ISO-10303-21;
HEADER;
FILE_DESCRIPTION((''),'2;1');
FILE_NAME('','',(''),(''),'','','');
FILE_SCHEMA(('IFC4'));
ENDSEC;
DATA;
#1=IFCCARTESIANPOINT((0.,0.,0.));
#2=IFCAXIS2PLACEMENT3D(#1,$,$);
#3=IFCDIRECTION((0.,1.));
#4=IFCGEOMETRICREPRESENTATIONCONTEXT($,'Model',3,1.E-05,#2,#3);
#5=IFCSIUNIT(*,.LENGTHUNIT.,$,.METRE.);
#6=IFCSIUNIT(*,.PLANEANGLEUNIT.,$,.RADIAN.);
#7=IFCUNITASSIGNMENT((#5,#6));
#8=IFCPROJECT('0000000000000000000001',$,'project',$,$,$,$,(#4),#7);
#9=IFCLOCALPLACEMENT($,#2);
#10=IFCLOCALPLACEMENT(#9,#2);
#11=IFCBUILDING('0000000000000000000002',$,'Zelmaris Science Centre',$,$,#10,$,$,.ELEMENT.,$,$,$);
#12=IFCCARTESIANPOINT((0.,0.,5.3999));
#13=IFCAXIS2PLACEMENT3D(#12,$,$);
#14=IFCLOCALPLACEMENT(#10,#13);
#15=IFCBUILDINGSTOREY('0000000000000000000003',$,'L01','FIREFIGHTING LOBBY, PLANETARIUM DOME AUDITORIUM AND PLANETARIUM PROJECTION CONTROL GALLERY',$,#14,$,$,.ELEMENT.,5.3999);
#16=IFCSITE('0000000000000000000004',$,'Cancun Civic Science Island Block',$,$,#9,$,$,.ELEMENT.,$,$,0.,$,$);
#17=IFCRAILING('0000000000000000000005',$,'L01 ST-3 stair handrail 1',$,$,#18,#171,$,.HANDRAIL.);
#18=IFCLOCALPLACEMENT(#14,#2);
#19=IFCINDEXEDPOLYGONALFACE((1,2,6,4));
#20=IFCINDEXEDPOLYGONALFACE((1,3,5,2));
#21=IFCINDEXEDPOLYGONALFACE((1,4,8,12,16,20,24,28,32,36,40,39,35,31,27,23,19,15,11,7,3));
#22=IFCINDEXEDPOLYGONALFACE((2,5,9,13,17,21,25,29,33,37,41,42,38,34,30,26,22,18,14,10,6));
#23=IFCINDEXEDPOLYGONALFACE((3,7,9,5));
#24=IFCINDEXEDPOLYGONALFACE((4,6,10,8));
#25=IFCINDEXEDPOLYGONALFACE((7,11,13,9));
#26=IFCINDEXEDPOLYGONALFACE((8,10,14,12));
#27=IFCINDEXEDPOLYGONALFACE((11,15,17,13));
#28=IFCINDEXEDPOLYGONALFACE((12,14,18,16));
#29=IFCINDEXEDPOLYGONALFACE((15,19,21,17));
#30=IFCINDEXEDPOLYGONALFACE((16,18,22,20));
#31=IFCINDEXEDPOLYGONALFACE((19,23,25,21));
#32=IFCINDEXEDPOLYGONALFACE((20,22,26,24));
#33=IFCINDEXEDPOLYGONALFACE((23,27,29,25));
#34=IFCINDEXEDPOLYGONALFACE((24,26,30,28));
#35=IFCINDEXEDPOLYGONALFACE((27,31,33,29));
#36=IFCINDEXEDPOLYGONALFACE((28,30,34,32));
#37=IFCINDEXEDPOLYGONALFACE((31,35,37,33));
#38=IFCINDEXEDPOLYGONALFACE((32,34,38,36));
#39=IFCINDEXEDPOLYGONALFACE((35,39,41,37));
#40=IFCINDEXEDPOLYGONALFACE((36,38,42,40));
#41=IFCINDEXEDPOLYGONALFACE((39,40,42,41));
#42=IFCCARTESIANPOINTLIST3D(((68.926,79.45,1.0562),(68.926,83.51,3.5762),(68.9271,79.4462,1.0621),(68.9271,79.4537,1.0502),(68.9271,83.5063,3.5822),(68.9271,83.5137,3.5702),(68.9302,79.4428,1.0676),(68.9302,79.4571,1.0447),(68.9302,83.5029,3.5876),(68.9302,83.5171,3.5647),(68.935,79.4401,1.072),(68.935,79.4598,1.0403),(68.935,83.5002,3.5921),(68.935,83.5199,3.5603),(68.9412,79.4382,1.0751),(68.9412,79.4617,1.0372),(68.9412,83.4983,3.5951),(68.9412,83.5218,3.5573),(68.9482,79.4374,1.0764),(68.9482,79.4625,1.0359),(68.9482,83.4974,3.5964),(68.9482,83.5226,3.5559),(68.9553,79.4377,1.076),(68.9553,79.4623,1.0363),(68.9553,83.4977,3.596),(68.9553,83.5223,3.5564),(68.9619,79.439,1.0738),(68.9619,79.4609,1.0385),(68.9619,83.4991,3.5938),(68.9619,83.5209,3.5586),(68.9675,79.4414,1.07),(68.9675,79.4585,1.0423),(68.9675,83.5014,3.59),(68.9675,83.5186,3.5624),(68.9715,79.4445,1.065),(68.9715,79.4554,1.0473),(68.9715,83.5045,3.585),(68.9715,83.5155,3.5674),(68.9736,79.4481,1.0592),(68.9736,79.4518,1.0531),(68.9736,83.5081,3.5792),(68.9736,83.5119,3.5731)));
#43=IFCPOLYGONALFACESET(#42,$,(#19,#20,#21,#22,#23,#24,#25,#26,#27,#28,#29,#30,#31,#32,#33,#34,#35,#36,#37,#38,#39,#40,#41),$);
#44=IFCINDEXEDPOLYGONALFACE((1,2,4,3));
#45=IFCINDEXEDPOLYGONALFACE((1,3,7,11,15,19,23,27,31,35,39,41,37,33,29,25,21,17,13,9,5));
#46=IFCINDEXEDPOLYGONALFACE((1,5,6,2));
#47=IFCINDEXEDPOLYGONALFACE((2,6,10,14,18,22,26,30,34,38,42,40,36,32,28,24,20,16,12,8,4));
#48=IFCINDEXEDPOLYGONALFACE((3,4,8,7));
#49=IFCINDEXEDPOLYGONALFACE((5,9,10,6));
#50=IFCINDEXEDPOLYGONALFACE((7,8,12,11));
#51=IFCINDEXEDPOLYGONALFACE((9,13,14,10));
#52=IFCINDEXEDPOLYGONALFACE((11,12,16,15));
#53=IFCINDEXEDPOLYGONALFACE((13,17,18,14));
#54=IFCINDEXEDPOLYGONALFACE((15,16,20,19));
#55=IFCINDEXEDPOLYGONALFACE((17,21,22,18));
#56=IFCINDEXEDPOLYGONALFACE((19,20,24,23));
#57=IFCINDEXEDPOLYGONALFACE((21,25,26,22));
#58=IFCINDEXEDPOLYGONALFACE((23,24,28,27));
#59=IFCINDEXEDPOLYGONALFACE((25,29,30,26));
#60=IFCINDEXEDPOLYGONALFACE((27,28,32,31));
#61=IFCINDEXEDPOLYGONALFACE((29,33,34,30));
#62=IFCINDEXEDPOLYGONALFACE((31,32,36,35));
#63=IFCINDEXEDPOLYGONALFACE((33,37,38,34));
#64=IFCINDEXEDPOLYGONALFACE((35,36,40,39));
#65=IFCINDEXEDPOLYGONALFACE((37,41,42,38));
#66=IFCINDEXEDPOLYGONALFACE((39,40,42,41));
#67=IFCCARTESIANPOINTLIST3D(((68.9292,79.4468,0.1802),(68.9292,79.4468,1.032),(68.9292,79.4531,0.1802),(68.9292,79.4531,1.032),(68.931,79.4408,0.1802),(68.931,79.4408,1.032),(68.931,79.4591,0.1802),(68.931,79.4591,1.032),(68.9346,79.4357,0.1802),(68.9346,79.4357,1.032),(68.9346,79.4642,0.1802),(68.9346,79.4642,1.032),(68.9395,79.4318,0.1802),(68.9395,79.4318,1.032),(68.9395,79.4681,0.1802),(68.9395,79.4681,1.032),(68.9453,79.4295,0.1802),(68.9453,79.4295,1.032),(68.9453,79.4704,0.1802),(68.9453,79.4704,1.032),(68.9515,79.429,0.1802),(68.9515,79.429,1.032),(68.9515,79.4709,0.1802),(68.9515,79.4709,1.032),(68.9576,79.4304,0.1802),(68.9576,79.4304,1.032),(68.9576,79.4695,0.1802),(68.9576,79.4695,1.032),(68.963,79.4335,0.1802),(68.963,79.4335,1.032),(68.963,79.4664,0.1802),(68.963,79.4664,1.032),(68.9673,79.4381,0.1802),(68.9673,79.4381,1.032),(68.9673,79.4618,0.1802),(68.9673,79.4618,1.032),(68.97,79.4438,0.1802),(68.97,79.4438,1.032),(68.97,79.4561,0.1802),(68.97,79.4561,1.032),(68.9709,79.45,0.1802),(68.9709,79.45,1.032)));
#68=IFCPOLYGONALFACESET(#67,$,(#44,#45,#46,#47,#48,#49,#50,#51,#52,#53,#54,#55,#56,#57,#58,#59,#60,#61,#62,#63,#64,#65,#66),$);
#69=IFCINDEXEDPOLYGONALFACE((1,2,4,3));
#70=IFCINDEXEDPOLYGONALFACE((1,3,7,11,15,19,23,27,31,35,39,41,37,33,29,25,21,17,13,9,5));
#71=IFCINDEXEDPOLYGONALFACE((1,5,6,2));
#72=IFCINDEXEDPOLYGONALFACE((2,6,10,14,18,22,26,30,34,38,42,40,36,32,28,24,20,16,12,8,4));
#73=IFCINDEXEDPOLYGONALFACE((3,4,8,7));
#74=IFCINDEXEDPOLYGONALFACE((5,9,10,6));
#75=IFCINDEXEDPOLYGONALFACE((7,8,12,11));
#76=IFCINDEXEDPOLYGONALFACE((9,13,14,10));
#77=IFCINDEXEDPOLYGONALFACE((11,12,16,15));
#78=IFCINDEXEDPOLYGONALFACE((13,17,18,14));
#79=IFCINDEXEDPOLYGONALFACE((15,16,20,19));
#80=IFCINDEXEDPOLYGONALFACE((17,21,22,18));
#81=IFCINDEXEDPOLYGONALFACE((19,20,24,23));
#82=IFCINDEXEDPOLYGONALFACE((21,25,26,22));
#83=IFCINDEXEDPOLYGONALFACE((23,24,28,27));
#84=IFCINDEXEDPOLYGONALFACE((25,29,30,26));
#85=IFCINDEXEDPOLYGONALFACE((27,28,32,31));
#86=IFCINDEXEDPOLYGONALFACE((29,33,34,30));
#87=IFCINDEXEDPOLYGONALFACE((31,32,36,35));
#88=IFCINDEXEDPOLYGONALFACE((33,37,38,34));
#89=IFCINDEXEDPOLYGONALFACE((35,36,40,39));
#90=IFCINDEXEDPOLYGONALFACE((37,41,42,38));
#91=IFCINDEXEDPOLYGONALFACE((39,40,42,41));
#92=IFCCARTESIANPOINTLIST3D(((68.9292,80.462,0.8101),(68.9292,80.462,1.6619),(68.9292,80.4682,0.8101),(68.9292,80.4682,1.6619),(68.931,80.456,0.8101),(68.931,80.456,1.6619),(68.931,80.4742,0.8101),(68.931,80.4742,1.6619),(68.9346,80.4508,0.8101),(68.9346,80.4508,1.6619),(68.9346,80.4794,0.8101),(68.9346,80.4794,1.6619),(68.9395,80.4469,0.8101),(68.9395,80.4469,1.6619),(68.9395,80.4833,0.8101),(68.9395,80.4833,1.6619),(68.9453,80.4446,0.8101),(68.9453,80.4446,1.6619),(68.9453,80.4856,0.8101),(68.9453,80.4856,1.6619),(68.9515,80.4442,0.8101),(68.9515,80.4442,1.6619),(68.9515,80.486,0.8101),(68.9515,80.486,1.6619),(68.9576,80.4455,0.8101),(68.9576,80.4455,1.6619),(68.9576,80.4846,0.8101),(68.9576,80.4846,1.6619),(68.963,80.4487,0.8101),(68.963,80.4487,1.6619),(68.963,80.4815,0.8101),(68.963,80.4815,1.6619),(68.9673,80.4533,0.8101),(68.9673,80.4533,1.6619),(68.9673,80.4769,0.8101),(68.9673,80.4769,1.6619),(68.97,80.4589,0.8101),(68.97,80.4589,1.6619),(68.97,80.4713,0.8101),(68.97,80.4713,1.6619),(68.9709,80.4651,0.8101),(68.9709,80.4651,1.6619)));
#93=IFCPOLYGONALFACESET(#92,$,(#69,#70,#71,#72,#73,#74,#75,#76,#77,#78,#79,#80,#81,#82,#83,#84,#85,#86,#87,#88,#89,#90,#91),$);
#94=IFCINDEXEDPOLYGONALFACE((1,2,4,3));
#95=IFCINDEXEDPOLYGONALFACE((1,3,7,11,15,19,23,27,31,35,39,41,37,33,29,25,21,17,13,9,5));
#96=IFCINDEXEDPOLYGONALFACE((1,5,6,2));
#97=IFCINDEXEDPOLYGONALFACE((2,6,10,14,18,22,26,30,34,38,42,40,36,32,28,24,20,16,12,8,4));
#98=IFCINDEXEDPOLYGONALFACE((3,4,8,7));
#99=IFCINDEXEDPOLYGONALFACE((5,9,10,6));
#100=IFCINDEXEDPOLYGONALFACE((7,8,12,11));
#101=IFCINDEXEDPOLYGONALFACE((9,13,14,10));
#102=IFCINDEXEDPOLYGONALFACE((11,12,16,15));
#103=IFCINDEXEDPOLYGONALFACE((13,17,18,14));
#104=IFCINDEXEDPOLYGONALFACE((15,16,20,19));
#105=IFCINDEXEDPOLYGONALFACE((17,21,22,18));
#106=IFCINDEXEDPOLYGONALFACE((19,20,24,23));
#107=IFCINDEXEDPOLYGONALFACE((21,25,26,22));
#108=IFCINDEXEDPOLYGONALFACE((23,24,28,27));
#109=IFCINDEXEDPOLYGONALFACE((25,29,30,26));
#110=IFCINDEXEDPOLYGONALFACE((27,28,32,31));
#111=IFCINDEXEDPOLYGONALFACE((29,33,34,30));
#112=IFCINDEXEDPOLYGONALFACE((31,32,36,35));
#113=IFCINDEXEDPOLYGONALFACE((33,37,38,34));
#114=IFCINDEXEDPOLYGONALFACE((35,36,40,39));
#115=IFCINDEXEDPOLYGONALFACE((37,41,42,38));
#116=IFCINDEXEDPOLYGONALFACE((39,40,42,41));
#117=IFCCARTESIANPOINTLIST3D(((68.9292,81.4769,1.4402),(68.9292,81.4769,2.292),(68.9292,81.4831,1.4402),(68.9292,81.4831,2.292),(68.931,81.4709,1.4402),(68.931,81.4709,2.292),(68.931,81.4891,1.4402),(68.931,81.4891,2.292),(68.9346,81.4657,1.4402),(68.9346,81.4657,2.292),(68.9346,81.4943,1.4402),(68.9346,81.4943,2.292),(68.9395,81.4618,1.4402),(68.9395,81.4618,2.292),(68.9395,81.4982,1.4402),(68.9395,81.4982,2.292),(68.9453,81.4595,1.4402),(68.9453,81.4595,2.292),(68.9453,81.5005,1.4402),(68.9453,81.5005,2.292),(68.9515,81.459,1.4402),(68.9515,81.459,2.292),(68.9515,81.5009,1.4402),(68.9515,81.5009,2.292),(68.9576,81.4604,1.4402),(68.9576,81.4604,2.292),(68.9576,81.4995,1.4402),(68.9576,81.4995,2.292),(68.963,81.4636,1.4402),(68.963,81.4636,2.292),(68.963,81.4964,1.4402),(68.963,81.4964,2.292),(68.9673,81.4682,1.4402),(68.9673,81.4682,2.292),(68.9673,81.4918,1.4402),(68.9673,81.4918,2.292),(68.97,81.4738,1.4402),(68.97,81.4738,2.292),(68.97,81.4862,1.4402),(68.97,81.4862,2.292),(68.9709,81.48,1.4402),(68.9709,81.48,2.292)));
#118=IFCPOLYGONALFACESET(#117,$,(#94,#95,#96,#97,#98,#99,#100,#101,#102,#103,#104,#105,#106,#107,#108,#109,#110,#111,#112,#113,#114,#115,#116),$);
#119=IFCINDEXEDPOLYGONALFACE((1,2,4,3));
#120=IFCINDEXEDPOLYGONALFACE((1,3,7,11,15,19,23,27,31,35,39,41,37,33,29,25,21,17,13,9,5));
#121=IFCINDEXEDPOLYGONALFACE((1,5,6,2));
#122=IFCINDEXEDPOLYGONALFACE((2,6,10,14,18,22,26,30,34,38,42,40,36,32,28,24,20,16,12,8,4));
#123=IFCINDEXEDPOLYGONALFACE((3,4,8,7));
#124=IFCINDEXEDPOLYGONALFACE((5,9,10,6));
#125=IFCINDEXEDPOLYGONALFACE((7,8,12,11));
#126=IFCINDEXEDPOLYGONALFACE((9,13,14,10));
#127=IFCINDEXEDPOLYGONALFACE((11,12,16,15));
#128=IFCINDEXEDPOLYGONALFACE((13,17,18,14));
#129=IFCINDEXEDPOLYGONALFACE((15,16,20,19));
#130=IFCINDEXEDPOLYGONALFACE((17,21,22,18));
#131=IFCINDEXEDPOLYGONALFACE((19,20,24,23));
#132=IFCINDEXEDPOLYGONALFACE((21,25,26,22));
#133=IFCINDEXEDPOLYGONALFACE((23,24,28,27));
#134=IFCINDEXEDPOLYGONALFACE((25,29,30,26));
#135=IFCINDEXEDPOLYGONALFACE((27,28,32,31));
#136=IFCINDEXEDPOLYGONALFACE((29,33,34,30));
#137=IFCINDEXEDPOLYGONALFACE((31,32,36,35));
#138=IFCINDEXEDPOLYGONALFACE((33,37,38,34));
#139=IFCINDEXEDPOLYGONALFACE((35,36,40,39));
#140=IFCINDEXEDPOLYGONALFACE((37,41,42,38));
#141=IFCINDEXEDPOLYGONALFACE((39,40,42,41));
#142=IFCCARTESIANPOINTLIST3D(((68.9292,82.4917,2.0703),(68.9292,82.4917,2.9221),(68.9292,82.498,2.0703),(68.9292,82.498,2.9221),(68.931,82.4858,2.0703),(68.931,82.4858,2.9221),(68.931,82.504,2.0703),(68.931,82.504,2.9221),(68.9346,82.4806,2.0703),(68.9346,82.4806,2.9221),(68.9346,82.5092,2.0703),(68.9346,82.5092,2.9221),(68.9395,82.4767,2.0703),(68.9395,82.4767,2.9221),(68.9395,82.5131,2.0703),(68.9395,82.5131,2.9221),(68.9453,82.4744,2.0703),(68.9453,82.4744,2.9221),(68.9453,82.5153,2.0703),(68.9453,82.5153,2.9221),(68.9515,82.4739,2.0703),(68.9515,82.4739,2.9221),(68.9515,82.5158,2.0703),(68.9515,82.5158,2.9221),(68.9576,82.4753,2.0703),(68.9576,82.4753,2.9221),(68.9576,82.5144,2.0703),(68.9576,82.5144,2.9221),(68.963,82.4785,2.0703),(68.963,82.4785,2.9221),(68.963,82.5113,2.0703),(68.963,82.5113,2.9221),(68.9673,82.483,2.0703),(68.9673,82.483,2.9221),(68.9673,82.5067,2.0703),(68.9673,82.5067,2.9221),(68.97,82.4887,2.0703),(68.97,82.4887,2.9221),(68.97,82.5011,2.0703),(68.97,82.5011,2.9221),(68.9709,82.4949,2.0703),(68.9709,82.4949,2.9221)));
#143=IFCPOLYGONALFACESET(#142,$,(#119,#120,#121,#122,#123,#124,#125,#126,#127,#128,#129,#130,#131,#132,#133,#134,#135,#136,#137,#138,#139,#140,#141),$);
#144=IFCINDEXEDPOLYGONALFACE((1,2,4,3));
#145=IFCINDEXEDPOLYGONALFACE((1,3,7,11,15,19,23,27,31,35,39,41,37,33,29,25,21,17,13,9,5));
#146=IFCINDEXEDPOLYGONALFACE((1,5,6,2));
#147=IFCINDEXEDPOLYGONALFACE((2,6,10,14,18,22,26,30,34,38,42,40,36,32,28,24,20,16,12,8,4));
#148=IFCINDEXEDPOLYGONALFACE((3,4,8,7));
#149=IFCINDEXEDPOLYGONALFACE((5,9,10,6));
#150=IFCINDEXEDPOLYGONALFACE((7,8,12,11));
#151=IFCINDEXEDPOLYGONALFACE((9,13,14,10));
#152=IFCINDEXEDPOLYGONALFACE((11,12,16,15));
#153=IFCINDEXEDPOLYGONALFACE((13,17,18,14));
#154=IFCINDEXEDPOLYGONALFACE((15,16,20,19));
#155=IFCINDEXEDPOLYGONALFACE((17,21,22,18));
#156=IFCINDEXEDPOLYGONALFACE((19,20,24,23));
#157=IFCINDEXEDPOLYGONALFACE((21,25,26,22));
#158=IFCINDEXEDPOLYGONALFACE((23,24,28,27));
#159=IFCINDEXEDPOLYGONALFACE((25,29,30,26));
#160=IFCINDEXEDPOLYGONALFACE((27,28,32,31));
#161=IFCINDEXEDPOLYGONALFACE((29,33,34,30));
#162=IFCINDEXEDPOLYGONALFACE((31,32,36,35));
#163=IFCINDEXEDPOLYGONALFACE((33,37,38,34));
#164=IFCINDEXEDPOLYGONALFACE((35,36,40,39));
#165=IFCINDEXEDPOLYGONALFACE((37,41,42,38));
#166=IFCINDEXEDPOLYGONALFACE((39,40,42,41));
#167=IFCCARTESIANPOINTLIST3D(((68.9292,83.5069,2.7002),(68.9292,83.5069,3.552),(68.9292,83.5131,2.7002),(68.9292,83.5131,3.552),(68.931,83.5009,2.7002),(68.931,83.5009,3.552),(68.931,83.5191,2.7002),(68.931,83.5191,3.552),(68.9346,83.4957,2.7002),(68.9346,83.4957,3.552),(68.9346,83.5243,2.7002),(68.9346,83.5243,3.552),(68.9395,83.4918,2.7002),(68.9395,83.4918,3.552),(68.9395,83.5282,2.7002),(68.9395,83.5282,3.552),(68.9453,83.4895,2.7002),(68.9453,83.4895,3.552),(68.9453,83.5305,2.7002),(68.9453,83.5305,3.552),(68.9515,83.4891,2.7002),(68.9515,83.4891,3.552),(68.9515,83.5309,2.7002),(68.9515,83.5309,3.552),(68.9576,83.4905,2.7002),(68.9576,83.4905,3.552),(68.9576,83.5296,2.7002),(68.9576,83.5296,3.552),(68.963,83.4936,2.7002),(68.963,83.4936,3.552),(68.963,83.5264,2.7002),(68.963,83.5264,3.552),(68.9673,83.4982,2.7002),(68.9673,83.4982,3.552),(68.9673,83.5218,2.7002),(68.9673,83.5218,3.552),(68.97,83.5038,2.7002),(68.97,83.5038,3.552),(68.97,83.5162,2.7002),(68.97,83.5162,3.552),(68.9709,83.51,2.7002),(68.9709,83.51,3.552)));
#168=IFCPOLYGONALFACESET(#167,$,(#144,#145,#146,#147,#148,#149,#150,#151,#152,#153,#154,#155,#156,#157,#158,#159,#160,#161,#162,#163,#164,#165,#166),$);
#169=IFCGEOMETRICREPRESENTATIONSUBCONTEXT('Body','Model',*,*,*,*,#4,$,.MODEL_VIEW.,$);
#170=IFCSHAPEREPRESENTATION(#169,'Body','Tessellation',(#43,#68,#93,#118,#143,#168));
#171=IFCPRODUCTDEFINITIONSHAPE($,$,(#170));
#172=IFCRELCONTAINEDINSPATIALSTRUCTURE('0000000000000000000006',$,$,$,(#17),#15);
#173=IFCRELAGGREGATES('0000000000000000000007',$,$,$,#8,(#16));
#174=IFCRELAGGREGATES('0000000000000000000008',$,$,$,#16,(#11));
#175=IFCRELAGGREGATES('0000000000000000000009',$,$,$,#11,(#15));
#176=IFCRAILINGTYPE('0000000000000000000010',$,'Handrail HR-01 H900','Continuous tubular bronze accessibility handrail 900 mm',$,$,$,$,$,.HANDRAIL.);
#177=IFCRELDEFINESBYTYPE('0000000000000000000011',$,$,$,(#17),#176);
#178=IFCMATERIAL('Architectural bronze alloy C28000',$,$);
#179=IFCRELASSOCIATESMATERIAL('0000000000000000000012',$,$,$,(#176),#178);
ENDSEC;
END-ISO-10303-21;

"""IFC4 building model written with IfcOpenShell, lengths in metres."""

from ifc_helpers import new_model, si_unit, direction, frame, origin, origin_2d, place, context, subcontext, project, spatial, circle, extrude, material, type_object, element, save


model = new_model("IFC4")

# Units and contexts
model_context = context("Model", 3, precision=1e-05, world=origin(), true_north=direction((0.0, 1.0)))
body_context = subcontext(model_context, "Body", "Model", "MODEL_VIEW")
ifc_project = project(units=[si_unit("LENGTHUNIT", "METRE"), si_unit("PLANEANGLEUNIT", "RADIAN")], contexts=[model_context])

# Site, building, storey
site_placement = place(None, origin())
site = spatial("IfcSite", under=ifc_project, at=site_placement, Name="Cancun Civic Science Island Block", CompositionType="ELEMENT", RefElevation=0.0)
building_placement = place(site_placement, origin())
building = spatial("IfcBuilding", under=site, at=building_placement, Name="Zelmaris Science Centre", CompositionType="ELEMENT")
storey_placement = place(building_placement, frame((0.0, 0.0, 5.3999)))
storey = spatial("IfcBuildingStorey", under=building, at=storey_placement, Name="L01", Description="FIREFIGHTING LOBBY, PLANETARIUM DOME AUDITORIUM AND PLANETARIUM PROJECTION CONTROL GALLERY", CompositionType="ELEMENT", Elevation=5.3999)

# Railing
ifc_material_1 = material(Name="Architectural bronze alloy C28000")
railing_type_1 = type_object("IfcRailingType", Name="Handrail HR-01 H900", Description="Continuous tubular bronze accessibility handrail 900 mm", PredefinedType="HANDRAIL", material=ifc_material_1)
railing_1_placement = place(storey_placement, frame((68.95, 79.45, 0.1802)))
element("IfcRailing", 1, at=railing_1_placement, inside=storey, type_object=railing_type_1, Name="L01 ST-3 stair handrail 1", PredefinedType="HANDRAIL", context=body_context, shape_type="SweptSolid", body=[
    extrude(circle(Radius=0.0239, at=origin_2d()), frame((0.0, 0.0, 0.876), z_axis=(0.0, 0.849642, 0.52736), x_axis=(-1.0, 0.0, 0.0)), (0.0, 0.0, 1.0), 4.7786),
    extrude(circle(Radius=0.021, at=origin_2d()), origin(), (0.0, 0.0, 1.0), 0.8518),
    extrude(circle(Radius=0.021, at=origin_2d()), frame((0.0, 1.0151, 0.6299)), (0.0, 0.0, 1.0), 0.8518),
    extrude(circle(Radius=0.021, at=origin_2d()), frame((0.0, 2.03, 1.26)), (0.0, 0.0, 1.0), 0.8518),
    extrude(circle(Radius=0.021, at=origin_2d()), frame((0.0, 3.0449, 1.8901)), (0.0, 0.0, 1.0), 0.8518),
    extrude(circle(Radius=0.021, at=origin_2d()), frame((0.0, 4.0601, 2.52)), (0.0, 0.0, 1.0), 0.8518),
])

save(model, "model.ifc")
